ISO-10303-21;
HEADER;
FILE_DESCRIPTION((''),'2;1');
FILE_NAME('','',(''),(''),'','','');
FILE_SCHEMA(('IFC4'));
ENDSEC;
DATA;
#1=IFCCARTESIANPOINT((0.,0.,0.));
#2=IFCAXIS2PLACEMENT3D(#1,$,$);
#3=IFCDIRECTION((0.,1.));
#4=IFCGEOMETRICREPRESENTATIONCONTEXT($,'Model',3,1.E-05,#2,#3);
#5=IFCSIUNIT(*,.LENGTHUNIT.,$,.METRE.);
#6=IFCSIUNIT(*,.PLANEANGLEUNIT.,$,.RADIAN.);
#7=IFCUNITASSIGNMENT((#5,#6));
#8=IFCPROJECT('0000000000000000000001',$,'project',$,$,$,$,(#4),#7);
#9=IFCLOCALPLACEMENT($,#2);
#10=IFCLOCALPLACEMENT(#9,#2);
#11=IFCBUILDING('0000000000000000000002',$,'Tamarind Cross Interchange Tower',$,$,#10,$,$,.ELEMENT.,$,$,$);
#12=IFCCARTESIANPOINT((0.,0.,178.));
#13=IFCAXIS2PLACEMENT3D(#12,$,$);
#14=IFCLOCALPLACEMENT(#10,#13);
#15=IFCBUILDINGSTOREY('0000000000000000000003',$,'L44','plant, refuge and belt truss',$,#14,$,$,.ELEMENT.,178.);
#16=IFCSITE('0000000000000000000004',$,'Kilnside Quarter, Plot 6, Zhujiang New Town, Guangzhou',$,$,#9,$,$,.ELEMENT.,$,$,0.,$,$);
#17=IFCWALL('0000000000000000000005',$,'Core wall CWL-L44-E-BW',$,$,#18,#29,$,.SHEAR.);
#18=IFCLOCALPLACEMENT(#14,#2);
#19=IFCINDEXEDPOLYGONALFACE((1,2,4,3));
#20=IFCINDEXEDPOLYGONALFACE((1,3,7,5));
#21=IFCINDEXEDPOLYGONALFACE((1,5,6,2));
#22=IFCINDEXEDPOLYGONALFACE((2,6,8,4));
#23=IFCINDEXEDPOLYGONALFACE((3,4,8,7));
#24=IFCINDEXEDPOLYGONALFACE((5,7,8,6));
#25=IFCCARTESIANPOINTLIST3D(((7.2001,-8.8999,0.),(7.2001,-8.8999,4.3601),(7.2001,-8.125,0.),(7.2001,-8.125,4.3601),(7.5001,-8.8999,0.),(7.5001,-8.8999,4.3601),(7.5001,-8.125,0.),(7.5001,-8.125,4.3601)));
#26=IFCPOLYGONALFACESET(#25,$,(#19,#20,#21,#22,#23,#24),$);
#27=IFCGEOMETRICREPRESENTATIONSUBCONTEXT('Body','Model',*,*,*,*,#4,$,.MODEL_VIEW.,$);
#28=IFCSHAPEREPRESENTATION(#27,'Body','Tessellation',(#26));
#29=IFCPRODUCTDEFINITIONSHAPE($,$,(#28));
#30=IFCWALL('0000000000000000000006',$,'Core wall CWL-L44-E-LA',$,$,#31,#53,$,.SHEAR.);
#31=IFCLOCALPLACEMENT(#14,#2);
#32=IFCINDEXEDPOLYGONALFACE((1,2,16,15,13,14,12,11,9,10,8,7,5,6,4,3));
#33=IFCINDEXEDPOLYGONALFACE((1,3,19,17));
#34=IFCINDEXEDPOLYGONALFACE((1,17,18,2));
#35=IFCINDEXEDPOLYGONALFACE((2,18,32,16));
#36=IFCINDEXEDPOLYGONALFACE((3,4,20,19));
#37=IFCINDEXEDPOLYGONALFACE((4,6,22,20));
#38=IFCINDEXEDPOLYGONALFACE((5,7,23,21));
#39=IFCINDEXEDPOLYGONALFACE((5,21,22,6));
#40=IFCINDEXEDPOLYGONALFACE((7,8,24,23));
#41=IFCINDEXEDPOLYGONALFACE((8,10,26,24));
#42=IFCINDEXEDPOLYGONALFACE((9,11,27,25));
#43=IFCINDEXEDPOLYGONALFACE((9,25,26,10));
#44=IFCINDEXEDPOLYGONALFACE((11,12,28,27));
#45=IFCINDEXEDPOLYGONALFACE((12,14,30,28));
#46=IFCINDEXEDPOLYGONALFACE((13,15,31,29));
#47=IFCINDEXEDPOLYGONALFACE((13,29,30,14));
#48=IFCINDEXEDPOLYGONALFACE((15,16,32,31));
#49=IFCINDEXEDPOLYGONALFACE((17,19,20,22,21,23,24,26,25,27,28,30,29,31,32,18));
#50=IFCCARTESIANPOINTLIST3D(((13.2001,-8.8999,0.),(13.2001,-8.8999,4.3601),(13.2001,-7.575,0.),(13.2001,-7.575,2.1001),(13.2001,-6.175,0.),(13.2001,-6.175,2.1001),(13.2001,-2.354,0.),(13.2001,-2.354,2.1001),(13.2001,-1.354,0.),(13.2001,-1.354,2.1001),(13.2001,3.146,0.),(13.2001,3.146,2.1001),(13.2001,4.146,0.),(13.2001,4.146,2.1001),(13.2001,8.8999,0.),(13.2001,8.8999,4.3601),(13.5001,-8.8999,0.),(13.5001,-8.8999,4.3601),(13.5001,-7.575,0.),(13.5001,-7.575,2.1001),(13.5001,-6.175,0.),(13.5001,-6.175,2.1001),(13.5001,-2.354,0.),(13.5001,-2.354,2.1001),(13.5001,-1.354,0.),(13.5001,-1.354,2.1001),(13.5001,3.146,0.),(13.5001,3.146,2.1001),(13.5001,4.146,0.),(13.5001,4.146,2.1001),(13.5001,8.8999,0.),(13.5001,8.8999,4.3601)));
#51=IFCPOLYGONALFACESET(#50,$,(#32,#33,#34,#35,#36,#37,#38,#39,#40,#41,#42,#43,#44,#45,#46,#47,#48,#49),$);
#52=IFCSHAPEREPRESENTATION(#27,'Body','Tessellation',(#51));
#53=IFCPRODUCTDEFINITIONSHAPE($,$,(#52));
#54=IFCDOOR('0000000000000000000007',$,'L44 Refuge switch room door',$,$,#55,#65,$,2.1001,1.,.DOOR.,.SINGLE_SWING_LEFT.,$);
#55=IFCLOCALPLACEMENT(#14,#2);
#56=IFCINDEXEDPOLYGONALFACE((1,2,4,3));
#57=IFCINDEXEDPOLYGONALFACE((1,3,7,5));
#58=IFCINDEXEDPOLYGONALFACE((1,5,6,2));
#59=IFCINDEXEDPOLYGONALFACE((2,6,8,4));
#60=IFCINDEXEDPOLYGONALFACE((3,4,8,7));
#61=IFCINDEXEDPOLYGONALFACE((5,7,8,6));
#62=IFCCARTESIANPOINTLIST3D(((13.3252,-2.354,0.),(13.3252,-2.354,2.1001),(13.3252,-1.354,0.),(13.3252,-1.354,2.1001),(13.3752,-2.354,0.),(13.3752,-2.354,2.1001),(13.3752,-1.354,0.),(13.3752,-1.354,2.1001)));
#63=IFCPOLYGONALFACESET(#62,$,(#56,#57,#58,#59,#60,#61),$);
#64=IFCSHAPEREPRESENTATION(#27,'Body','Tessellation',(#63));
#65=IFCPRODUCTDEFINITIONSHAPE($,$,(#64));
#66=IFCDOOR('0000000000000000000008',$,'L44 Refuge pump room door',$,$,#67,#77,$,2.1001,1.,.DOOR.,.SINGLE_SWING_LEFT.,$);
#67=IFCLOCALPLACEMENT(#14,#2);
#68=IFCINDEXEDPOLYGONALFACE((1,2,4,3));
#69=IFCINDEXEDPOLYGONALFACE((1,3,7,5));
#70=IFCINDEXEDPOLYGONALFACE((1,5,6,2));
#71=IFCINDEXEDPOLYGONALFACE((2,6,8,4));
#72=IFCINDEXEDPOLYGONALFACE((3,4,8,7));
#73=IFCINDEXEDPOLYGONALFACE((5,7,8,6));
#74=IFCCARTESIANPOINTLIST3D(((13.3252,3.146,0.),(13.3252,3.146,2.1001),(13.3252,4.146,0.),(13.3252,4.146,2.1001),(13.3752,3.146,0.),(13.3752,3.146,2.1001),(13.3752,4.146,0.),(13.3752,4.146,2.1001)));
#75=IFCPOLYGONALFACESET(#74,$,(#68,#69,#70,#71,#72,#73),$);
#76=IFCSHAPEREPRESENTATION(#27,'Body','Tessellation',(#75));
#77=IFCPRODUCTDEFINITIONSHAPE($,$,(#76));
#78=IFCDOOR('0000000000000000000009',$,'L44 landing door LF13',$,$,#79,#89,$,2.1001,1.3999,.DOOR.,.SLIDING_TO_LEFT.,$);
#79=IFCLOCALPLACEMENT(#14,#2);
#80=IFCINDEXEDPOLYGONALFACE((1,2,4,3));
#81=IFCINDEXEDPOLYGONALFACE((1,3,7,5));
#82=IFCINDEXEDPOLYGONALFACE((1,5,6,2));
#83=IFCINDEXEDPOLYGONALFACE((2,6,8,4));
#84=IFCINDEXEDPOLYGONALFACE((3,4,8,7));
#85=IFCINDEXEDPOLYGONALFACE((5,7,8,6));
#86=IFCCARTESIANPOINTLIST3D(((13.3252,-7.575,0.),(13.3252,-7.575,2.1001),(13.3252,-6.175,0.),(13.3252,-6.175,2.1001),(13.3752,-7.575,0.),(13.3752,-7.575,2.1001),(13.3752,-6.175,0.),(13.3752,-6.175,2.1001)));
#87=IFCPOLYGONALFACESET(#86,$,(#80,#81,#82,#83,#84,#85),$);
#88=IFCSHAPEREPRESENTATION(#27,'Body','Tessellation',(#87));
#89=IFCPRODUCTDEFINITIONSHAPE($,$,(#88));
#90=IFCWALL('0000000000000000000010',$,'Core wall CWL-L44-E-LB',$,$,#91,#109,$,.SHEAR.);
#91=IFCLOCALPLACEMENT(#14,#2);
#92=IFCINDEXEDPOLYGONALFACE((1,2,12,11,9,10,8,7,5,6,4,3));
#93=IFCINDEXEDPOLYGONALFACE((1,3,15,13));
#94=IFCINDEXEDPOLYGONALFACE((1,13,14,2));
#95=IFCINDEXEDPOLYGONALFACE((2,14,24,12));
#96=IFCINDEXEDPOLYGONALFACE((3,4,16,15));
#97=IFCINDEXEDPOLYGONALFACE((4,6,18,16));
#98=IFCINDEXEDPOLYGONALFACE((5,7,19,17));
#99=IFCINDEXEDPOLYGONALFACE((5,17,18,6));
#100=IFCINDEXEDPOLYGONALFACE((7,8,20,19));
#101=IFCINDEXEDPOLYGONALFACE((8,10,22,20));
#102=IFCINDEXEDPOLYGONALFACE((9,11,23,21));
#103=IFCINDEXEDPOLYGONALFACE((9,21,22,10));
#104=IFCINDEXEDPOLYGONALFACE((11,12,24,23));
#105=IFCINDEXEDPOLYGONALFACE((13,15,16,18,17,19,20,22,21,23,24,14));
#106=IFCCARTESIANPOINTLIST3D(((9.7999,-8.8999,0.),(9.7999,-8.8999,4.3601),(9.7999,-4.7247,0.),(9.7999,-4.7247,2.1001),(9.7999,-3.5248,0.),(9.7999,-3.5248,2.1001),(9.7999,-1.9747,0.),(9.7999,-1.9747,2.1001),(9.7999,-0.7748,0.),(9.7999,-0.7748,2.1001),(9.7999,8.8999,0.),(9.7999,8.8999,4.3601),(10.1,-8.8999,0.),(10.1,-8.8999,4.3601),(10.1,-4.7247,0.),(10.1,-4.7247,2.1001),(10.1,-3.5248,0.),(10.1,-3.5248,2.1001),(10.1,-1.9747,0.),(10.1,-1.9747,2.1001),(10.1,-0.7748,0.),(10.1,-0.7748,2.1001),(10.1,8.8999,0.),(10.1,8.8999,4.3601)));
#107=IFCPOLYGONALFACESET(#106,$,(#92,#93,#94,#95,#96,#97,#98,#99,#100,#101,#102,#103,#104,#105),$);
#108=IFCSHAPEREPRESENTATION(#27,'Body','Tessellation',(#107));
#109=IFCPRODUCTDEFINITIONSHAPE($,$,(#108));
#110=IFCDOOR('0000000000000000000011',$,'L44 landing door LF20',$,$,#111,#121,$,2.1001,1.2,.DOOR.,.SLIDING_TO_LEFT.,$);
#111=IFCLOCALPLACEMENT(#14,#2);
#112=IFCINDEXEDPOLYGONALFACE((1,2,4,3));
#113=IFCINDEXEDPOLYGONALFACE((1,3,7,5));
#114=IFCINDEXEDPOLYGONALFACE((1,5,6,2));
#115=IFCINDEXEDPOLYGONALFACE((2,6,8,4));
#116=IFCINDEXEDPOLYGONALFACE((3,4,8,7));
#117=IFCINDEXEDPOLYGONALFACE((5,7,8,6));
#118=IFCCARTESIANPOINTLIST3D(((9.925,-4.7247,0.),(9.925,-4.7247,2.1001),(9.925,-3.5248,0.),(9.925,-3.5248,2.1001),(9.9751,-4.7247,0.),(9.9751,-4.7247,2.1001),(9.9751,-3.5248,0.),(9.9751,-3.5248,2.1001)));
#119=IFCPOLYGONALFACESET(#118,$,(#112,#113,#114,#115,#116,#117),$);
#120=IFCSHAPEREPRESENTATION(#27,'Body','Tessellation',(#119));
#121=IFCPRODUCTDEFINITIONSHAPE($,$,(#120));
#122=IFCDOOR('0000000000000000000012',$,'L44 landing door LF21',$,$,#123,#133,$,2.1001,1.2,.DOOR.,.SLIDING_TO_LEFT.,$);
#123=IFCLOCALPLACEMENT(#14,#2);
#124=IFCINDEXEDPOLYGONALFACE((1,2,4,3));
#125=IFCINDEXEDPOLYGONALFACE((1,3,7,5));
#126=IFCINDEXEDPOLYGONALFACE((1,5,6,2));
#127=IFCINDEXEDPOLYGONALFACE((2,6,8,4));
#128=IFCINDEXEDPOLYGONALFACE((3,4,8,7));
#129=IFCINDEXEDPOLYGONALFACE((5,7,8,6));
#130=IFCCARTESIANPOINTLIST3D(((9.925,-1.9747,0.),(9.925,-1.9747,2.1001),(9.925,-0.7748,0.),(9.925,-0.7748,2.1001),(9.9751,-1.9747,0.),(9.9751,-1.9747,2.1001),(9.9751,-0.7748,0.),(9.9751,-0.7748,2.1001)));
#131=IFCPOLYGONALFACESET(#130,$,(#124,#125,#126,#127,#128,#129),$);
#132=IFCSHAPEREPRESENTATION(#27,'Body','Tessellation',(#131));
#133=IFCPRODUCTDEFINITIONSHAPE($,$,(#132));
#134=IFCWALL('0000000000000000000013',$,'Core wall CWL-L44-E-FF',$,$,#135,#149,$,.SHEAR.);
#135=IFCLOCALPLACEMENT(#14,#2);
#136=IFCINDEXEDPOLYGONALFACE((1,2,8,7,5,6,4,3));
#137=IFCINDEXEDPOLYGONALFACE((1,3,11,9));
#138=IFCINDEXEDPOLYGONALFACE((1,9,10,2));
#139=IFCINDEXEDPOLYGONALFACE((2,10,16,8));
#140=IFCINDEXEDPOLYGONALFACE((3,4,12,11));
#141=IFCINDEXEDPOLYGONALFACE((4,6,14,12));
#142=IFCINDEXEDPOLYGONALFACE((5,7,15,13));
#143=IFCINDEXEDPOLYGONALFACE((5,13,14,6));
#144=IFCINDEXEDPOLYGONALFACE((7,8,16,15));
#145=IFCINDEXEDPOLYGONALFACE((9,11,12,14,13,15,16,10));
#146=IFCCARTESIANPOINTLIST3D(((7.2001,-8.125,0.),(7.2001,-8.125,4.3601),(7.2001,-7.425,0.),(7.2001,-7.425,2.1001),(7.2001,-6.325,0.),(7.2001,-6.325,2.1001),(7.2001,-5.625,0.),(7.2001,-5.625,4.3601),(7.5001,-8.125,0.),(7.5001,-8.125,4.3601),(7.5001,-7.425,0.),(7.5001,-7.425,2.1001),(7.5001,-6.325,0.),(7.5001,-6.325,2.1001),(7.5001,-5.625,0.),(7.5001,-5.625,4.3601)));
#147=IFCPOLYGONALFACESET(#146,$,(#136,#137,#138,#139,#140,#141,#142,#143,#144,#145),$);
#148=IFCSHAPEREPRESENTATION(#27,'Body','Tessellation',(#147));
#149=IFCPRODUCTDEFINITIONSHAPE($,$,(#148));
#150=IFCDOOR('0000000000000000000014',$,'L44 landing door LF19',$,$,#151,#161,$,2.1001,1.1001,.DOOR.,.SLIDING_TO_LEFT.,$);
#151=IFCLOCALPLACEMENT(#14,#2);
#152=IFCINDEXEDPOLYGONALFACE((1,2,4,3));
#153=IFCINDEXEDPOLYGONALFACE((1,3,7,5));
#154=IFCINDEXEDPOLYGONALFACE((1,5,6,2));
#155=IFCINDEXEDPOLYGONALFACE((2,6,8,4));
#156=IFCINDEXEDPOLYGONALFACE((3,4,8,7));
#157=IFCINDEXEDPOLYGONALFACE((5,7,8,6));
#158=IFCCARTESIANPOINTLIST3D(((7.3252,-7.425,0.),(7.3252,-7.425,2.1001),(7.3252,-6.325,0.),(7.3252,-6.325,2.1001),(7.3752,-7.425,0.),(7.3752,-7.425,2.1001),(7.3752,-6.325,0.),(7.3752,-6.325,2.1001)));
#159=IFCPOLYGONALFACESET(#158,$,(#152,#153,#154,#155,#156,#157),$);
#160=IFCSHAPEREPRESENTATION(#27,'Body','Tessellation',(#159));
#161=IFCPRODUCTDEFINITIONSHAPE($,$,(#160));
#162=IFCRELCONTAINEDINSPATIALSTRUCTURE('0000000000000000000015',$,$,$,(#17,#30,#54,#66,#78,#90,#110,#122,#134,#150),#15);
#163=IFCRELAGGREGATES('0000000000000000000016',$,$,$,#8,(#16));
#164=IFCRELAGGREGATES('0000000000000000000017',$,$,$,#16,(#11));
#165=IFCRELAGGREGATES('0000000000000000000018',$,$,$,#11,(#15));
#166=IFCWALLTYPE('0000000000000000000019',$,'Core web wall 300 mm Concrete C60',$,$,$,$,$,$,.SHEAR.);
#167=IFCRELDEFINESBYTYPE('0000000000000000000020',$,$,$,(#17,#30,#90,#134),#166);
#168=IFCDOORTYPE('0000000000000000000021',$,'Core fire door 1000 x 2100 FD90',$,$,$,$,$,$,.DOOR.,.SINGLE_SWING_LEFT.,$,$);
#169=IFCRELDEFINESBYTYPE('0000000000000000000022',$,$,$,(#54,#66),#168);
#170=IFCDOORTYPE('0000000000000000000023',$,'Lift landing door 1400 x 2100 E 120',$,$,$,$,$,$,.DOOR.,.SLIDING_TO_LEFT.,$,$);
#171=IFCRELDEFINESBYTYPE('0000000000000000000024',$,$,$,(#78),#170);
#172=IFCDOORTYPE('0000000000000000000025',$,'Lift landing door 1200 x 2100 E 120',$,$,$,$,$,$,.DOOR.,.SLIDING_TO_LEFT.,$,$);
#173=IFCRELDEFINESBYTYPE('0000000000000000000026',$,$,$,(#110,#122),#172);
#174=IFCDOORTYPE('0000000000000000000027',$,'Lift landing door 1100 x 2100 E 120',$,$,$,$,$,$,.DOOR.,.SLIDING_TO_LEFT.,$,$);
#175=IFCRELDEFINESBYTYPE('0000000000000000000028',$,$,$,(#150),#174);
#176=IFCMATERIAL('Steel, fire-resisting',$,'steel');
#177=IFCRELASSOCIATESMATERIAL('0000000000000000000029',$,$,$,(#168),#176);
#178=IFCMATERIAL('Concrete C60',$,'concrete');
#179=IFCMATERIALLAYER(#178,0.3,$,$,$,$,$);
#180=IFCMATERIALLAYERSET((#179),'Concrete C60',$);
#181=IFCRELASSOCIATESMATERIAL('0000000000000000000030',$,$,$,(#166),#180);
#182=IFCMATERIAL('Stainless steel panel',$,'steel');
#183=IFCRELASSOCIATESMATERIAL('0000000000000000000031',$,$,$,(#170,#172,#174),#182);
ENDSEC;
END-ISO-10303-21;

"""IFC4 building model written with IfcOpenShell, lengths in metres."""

from ifc_helpers import new_model, si_unit, direction, frame, frame_2d, origin, place, context, subcontext, project, spatial, rectangle, extrude, material, layer, layer_set, type_object, element, fill, save


model = new_model("IFC4")

# Units and contexts
model_context = context("Model", 3, precision=1e-05, world=origin(), true_north=direction((0.0, 1.0)))
body_context = subcontext(model_context, "Body", "Model", "MODEL_VIEW")
ifc_project = project(units=[si_unit("LENGTHUNIT", "METRE"), si_unit("PLANEANGLEUNIT", "RADIAN")], contexts=[model_context])

# Site, building, storey
site_placement = place(None, origin())
site = spatial("IfcSite", under=ifc_project, at=site_placement, Name="Kilnside Quarter, Plot 6, Zhujiang New Town, Guangzhou", CompositionType="ELEMENT", RefElevation=0.0)
building_placement = place(site_placement, origin())
building = spatial("IfcBuilding", under=site, at=building_placement, Name="Tamarind Cross Interchange Tower", CompositionType="ELEMENT")
storey_placement = place(building_placement, frame((0.0, 0.0, 178.0)))
storey = spatial("IfcBuildingStorey", under=building, at=storey_placement, Name="L44", Description="plant, refuge and belt truss", CompositionType="ELEMENT", Elevation=178.0)

# Shared definitions
ifc_material_1 = material(Name="Concrete C60", Category="concrete")

# Shared definitions
ifc_material_2 = material(Name="Steel, fire-resisting", Category="steel")
door_type_1 = type_object("IfcDoorType", Name="Core fire door 1000 x 2100 FD90", OperationType="SINGLE_SWING_LEFT", PredefinedType="DOOR", material=ifc_material_2)

# Wall
ifc_layer_1 = layer(ifc_material_1, 0.3)
ifc_layer_set_1 = layer_set([ifc_layer_1], Name="Concrete C60")
wall_type_1 = type_object("IfcWallType", Name="Core web wall 300 mm Concrete C60", PredefinedType="SHEAR", material=ifc_layer_set_1)
wall_1_placement = place(storey_placement, frame((7.3501, -8.8999, 0.0), z_axis=(0.0, 0.0, 1.0), x_axis=(0.0, 1.0, 0.0)))
element("IfcWall", 1, at=wall_1_placement, inside=storey, type_object=wall_type_1, Name="Core wall CWL-L44-E-BW", PredefinedType="SHEAR", context=body_context, shape_type="SweptSolid", body=[
    extrude(rectangle(XDim=0.7749, YDim=0.3, at=frame_2d((0.3875, 0.0))), origin(), (0.0, 0.0, 1.0), 4.3601),
])

# Walls, openings, doors
wall_2_placement = place(storey_placement, frame((13.3501, -8.8999, 0.0), z_axis=(0.0, 0.0, 1.0), x_axis=(0.0, 1.0, 0.0)))
wall_2 = element("IfcWall", 2, at=wall_2_placement, inside=storey, type_object=wall_type_1, Name="Core wall CWL-L44-E-LA", PredefinedType="SHEAR", context=body_context, shape_type="SweptSolid", body=[
    extrude(rectangle(XDim=17.7998, YDim=0.3, at=frame_2d((8.8999, 0.0))), origin(), (0.0, 0.0, 1.0), 4.3601),
])
opening_1_placement = place(wall_2_placement, frame((1.325, 0.0, 0.0)))
opening_1 = element("IfcOpeningElement", 3, at=opening_1_placement, cuts=wall_2, PredefinedType="OPENING", context=body_context, shape_type="SweptSolid", body=[
    extrude(rectangle(XDim=1.3999, YDim=2.1001, at=frame_2d((0.7, 1.05))), frame((0.0, 0.1599, 0.0), z_axis=(0.0, -1.0, 0.0), x_axis=(1.0, 0.0, 0.0)), (0.0, 0.0, 1.0), 0.3201),
])
opening_2_placement = place(wall_2_placement, frame((6.5459, 0.0, 0.0)))
opening_2 = element("IfcOpeningElement", 4, at=opening_2_placement, cuts=wall_2, PredefinedType="OPENING", context=body_context, shape_type="SweptSolid", body=[
    extrude(rectangle(XDim=1.0, YDim=2.1001, at=frame_2d((0.5, 1.05))), frame((0.0, 0.1599, 0.0), z_axis=(0.0, -1.0, 0.0), x_axis=(1.0, 0.0, 0.0)), (0.0, 0.0, 1.0), 0.3201),
])
opening_3_placement = place(wall_2_placement, frame((12.0459, 0.0, 0.0)))
opening_3 = element("IfcOpeningElement", 5, at=opening_3_placement, cuts=wall_2, PredefinedType="OPENING", context=body_context, shape_type="SweptSolid", body=[
    extrude(rectangle(XDim=1.0, YDim=2.1001, at=frame_2d((0.5, 1.05))), frame((0.0, 0.1599, 0.0), z_axis=(0.0, -1.0, 0.0), x_axis=(1.0, 0.0, 0.0)), (0.0, 0.0, 1.0), 0.3201),
])
door_1_placement = place(opening_2_placement, origin())
door_1 = element("IfcDoor", 6, at=door_1_placement, inside=storey, type_object=door_type_1, Name="L44 Refuge switch room door", OperationType="SINGLE_SWING_LEFT", OverallHeight=2.1001, OverallWidth=1.0, PredefinedType="DOOR", context=body_context, shape_type="SweptSolid", body=[
    extrude(rectangle(XDim=1.0, YDim=2.1001, at=frame_2d((0.5, 1.05))), frame((0.0, 0.0249, 0.0), z_axis=(0.0, -1.0, 0.0), x_axis=(1.0, 0.0, 0.0)), (0.0, 0.0, 1.0), 0.05),
])
fill(opening_2, door_1)
door_2_placement = place(opening_3_placement, origin())
door_2 = element("IfcDoor", 7, at=door_2_placement, inside=storey, type_object=door_type_1, Name="L44 Refuge pump room door", OperationType="SINGLE_SWING_LEFT", OverallHeight=2.1001, OverallWidth=1.0, PredefinedType="DOOR", context=body_context, shape_type="SweptSolid", body=[
    extrude(rectangle(XDim=1.0, YDim=2.1001, at=frame_2d((0.5, 1.05))), frame((0.0, 0.0249, 0.0), z_axis=(0.0, -1.0, 0.0), x_axis=(1.0, 0.0, 0.0)), (0.0, 0.0, 1.0), 0.05),
])
fill(opening_3, door_2)
ifc_material_3 = material(Name="Stainless steel panel", Category="steel")
door_type_2 = type_object("IfcDoorType", Name="Lift landing door 1400 x 2100 E 120", OperationType="SLIDING_TO_LEFT", PredefinedType="DOOR", material=ifc_material_3)
door_3_placement = place(opening_1_placement, origin())
door_3 = element("IfcDoor", 8, at=door_3_placement, inside=storey, type_object=door_type_2, Name="L44 landing door LF13", OperationType="SLIDING_TO_LEFT", OverallHeight=2.1001, OverallWidth=1.3999, PredefinedType="DOOR", context=body_context, shape_type="SweptSolid", body=[
    extrude(rectangle(XDim=1.3999, YDim=2.1001, at=frame_2d((0.7, 1.05))), frame((0.0, 0.0249, 0.0), z_axis=(0.0, -1.0, 0.0), x_axis=(1.0, 0.0, 0.0)), (0.0, 0.0, 1.0), 0.05),
])
fill(opening_1, door_3)
wall_3_placement = place(storey_placement, frame((9.95, -8.8999, 0.0), z_axis=(0.0, 0.0, 1.0), x_axis=(0.0, 1.0, 0.0)))
wall_3 = element("IfcWall", 9, at=wall_3_placement, inside=storey, type_object=wall_type_1, Name="Core wall CWL-L44-E-LB", PredefinedType="SHEAR", context=body_context, shape_type="SweptSolid", body=[
    extrude(rectangle(XDim=17.7998, YDim=0.3, at=frame_2d((8.8999, 0.0))), origin(), (0.0, 0.0, 1.0), 4.3601),
])
opening_4_placement = place(wall_3_placement, frame((4.175, 0.0, 0.0)))
opening_4 = element("IfcOpeningElement", 10, at=opening_4_placement, cuts=wall_3, PredefinedType="OPENING", context=body_context, shape_type="SweptSolid", body=[
    extrude(rectangle(XDim=1.2, YDim=2.1001, at=frame_2d((0.6001, 1.05))), frame((0.0, 0.1599, 0.0), z_axis=(0.0, -1.0, 0.0), x_axis=(1.0, 0.0, 0.0)), (0.0, 0.0, 1.0), 0.3201),
])
opening_5_placement = place(wall_3_placement, frame((6.925, 0.0, 0.0)))
opening_5 = element("IfcOpeningElement", 11, at=opening_5_placement, cuts=wall_3, PredefinedType="OPENING", context=body_context, shape_type="SweptSolid", body=[
    extrude(rectangle(XDim=1.2, YDim=2.1001, at=frame_2d((0.6001, 1.05))), frame((0.0, 0.1599, 0.0), z_axis=(0.0, -1.0, 0.0), x_axis=(1.0, 0.0, 0.0)), (0.0, 0.0, 1.0), 0.3201),
])
door_type_3 = type_object("IfcDoorType", Name="Lift landing door 1200 x 2100 E 120", OperationType="SLIDING_TO_LEFT", PredefinedType="DOOR", material=ifc_material_3)
door_4_placement = place(opening_4_placement, origin())
door_4 = element("IfcDoor", 12, at=door_4_placement, inside=storey, type_object=door_type_3, Name="L44 landing door LF20", OperationType="SLIDING_TO_LEFT", OverallHeight=2.1001, OverallWidth=1.2, PredefinedType="DOOR", context=body_context, shape_type="SweptSolid", body=[
    extrude(rectangle(XDim=1.2, YDim=2.1001, at=frame_2d((0.6001, 1.05))), frame((0.0, 0.0249, 0.0), z_axis=(0.0, -1.0, 0.0), x_axis=(1.0, 0.0, 0.0)), (0.0, 0.0, 1.0), 0.05),
])
fill(opening_4, door_4)
door_5_placement = place(opening_5_placement, origin())
door_5 = element("IfcDoor", 13, at=door_5_placement, inside=storey, type_object=door_type_3, Name="L44 landing door LF21", OperationType="SLIDING_TO_LEFT", OverallHeight=2.1001, OverallWidth=1.2, PredefinedType="DOOR", context=body_context, shape_type="SweptSolid", body=[
    extrude(rectangle(XDim=1.2, YDim=2.1001, at=frame_2d((0.6001, 1.05))), frame((0.0, 0.0249, 0.0), z_axis=(0.0, -1.0, 0.0), x_axis=(1.0, 0.0, 0.0)), (0.0, 0.0, 1.0), 0.05),
])
fill(opening_5, door_5)

# Wall, opening, door
wall_4_placement = place(storey_placement, frame((7.3501, -8.125, 0.0), z_axis=(0.0, 0.0, 1.0), x_axis=(0.0, 1.0, 0.0)))
wall_4 = element("IfcWall", 14, at=wall_4_placement, inside=storey, type_object=wall_type_1, Name="Core wall CWL-L44-E-FF", PredefinedType="SHEAR", context=body_context, shape_type="SweptSolid", body=[
    extrude(rectangle(XDim=2.5, YDim=0.3, at=frame_2d((1.25, 0.0))), origin(), (0.0, 0.0, 1.0), 4.3601),
])
opening_6_placement = place(wall_4_placement, frame((0.7, 0.0, 0.0)))
opening_6 = element("IfcOpeningElement", 15, at=opening_6_placement, cuts=wall_4, PredefinedType="OPENING", context=body_context, shape_type="SweptSolid", body=[
    extrude(rectangle(XDim=1.1001, YDim=2.1001, at=frame_2d((0.55, 1.05))), frame((0.0, 0.1599, 0.0), z_axis=(0.0, -1.0, 0.0), x_axis=(1.0, 0.0, 0.0)), (0.0, 0.0, 1.0), 0.3201),
])
door_type_4 = type_object("IfcDoorType", Name="Lift landing door 1100 x 2100 E 120", OperationType="SLIDING_TO_LEFT", PredefinedType="DOOR", material=ifc_material_3)
door_6_placement = place(opening_6_placement, origin())
door_6 = element("IfcDoor", 16, at=door_6_placement, inside=storey, type_object=door_type_4, Name="L44 landing door LF19", OperationType="SLIDING_TO_LEFT", OverallHeight=2.1001, OverallWidth=1.1001, PredefinedType="DOOR", context=body_context, shape_type="SweptSolid", body=[
    extrude(rectangle(XDim=1.1001, YDim=2.1001, at=frame_2d((0.55, 1.05))), frame((0.0, 0.0249, 0.0), z_axis=(0.0, -1.0, 0.0), x_axis=(1.0, 0.0, 0.0)), (0.0, 0.0, 1.0), 0.05),
])
fill(opening_6, door_6)

save(model, "model.ifc")
